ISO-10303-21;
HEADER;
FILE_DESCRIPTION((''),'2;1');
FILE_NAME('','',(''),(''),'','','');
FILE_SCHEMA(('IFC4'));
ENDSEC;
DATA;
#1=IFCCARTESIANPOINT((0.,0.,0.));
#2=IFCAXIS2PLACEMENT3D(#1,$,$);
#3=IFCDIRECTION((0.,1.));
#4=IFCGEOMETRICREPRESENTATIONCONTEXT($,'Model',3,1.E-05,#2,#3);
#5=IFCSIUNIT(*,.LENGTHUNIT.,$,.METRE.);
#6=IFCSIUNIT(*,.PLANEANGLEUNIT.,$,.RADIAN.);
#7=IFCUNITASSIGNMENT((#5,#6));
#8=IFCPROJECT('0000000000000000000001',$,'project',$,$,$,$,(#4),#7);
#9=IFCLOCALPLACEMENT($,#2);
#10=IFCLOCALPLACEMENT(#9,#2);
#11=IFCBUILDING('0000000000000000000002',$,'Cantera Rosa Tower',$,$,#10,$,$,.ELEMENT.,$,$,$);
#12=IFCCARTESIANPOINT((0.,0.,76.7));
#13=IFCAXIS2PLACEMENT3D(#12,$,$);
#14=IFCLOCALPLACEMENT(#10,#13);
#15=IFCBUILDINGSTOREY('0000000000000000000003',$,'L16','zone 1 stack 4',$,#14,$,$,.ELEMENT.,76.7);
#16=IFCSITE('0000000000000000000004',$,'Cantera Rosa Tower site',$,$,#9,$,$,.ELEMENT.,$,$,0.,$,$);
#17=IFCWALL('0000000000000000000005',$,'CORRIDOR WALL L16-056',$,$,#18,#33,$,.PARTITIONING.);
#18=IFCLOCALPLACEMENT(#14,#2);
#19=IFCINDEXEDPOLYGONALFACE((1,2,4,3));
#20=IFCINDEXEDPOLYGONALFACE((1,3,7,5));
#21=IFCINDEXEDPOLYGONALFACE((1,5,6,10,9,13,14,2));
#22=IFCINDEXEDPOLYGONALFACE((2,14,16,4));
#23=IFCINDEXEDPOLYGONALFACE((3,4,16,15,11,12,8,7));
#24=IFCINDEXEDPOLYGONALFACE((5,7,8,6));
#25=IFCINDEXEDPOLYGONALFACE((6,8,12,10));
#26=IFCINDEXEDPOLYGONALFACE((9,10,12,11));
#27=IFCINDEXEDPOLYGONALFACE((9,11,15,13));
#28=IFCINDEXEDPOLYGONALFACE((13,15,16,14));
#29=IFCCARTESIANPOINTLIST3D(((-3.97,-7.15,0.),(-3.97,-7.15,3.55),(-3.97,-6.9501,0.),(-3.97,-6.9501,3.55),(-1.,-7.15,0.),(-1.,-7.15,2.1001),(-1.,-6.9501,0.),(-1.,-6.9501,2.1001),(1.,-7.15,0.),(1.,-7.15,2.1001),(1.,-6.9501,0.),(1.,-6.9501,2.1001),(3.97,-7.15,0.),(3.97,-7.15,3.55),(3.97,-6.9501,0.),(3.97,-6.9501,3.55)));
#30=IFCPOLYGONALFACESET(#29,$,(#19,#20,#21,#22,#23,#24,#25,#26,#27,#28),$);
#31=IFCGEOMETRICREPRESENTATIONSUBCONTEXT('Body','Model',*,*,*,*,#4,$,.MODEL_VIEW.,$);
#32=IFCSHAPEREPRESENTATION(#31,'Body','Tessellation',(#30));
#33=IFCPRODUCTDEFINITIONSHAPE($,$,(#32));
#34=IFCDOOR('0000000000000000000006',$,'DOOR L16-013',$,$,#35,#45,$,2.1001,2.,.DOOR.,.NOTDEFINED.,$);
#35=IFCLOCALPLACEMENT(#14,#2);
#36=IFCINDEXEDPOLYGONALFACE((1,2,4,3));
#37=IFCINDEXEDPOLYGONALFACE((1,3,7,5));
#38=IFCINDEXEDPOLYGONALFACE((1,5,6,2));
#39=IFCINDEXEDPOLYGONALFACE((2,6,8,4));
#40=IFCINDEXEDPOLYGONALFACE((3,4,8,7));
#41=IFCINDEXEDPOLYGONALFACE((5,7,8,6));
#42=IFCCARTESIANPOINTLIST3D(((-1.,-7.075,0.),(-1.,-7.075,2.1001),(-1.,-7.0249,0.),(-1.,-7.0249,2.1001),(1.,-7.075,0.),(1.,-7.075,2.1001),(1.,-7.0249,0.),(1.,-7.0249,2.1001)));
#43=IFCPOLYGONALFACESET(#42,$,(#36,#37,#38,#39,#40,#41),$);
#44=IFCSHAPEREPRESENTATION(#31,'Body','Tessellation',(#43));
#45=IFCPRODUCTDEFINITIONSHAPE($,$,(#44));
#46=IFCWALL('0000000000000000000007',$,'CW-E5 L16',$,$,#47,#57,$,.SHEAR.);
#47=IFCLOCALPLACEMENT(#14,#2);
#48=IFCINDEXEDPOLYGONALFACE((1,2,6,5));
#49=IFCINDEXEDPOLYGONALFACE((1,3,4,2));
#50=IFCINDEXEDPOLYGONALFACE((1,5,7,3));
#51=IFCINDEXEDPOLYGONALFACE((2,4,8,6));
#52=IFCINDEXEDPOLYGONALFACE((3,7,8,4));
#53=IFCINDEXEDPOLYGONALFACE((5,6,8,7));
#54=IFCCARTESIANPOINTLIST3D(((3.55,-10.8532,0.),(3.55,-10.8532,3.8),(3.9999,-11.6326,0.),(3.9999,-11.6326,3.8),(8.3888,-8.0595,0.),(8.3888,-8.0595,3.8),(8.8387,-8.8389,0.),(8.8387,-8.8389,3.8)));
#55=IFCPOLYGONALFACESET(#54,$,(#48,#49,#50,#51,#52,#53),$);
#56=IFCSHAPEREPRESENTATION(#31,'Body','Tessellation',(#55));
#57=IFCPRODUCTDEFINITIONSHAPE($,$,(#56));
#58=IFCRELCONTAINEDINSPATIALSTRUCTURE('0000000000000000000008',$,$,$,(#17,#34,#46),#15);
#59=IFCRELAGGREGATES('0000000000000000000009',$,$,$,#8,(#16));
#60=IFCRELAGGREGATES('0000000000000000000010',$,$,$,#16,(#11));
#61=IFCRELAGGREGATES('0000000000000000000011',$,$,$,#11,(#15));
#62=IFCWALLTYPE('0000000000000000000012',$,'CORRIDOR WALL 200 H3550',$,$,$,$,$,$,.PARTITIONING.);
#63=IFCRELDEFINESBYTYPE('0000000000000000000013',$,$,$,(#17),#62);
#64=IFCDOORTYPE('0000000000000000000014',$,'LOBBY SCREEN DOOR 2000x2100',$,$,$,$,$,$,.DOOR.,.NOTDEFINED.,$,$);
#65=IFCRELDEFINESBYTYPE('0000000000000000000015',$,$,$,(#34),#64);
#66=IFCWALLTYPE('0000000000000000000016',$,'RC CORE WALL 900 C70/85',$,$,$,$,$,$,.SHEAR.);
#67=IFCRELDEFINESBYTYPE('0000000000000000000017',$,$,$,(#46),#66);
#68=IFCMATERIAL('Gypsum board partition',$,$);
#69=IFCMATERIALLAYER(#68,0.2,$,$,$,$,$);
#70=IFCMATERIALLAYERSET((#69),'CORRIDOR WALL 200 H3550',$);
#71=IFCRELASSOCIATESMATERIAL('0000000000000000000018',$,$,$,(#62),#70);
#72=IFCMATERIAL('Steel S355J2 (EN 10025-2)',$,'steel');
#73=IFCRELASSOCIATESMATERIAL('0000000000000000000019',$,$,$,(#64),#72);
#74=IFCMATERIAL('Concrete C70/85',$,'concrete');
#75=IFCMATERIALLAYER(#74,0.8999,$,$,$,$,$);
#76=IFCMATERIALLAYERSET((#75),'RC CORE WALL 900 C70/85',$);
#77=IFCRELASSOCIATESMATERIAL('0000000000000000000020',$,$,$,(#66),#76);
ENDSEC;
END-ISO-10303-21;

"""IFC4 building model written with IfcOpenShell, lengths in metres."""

from ifc_helpers import new_model, si_unit, direction, frame, frame_2d, origin, place, context, subcontext, project, spatial, rectangle, extrude, material, layer, layer_set, type_object, element, fill, save


model = new_model("IFC4")

# Units and contexts
model_context = context("Model", 3, precision=1e-05, world=origin(), true_north=direction((0.0, 1.0)))
body_context = subcontext(model_context, "Body", "Model", "MODEL_VIEW")
ifc_project = project(units=[si_unit("LENGTHUNIT", "METRE"), si_unit("PLANEANGLEUNIT", "RADIAN")], contexts=[model_context])

# Site, building, storey
site_placement = place(None, origin())
site = spatial("IfcSite", under=ifc_project, at=site_placement, Name="Cantera Rosa Tower site", CompositionType="ELEMENT", RefElevation=0.0)
building_placement = place(site_placement, origin())
building = spatial("IfcBuilding", under=site, at=building_placement, Name="Cantera Rosa Tower", CompositionType="ELEMENT")
storey_placement = place(building_placement, frame((0.0, 0.0, 76.7)))
storey = spatial("IfcBuildingStorey", under=building, at=storey_placement, Name="L16", Description="zone 1 stack 4", CompositionType="ELEMENT", Elevation=76.7)

# Wall, opening, door
ifc_material_1 = material(Name="Gypsum board partition")
ifc_layer_1 = layer(ifc_material_1, 0.2)
ifc_layer_set_1 = layer_set([ifc_layer_1], Name="CORRIDOR WALL 200 H3550")
wall_type_1 = type_object("IfcWallType", Name="CORRIDOR WALL 200 H3550", PredefinedType="PARTITIONING", material=ifc_layer_set_1)
wall_1_placement = place(storey_placement, frame((3.97, -7.05, 0.0), z_axis=(0.0, 0.0, 1.0), x_axis=(-1.0, 0.0, 0.0)))
wall_1 = element("IfcWall", 1, at=wall_1_placement, inside=storey, type_object=wall_type_1, Name="CORRIDOR WALL L16-056", PredefinedType="PARTITIONING", context=body_context, shape_type="SweptSolid", body=[
    extrude(rectangle(XDim=7.9399, YDim=0.2, at=frame_2d((3.97, 0.0))), origin(), (0.0, 0.0, 1.0), 3.55),
])
opening_1_placement = place(wall_1_placement, frame((2.97, 0.0, 0.0)))
opening_1 = element("IfcOpeningElement", 2, at=opening_1_placement, cuts=wall_1, PredefinedType="OPENING", context=body_context, shape_type="SweptSolid", body=[
    extrude(rectangle(XDim=2.0, YDim=2.1001, at=frame_2d((1.0, 1.05))), frame((0.0, 0.1099, 0.0), z_axis=(0.0, -1.0, 0.0), x_axis=(1.0, 0.0, 0.0)), (0.0, 0.0, 1.0), 0.22),
])
ifc_material_2 = material(Name="Steel S355J2 (EN 10025-2)", Category="steel")
door_type_1 = type_object("IfcDoorType", Name="LOBBY SCREEN DOOR 2000x2100", OperationType="NOTDEFINED", PredefinedType="DOOR", material=ifc_material_2)
door_1_placement = place(opening_1_placement, origin())
door_1 = element("IfcDoor", 3, at=door_1_placement, inside=storey, type_object=door_type_1, Name="DOOR L16-013", OperationType="NOTDEFINED", OverallHeight=2.1001, OverallWidth=2.0, PredefinedType="DOOR", context=body_context, shape_type="SweptSolid", body=[
    extrude(rectangle(XDim=2.0, YDim=2.1001, at=frame_2d((1.0, 1.05))), frame((0.0, 0.0249, 0.0), z_axis=(0.0, -1.0, 0.0), x_axis=(1.0, 0.0, 0.0)), (0.0, 0.0, 1.0), 0.05),
])
fill(opening_1, door_1)

# Wall
ifc_material_3 = material(Name="Concrete C70/85", Category="concrete")
ifc_layer_2 = layer(ifc_material_3, 0.8999)
ifc_layer_set_2 = layer_set([ifc_layer_2], Name="RC CORE WALL 900 C70/85")
wall_type_2 = type_object("IfcWallType", Name="RC CORE WALL 900 C70/85", PredefinedType="SHEAR", material=ifc_layer_set_2)
wall_2_placement = place(storey_placement, frame((8.6138, -8.4492, 0.0), z_axis=(0.0, 0.0, 1.0), x_axis=(-0.866027, -0.499997, 0.0)))
element("IfcWall", 4, at=wall_2_placement, inside=storey, type_object=wall_type_2, Name="CW-E5 L16", PredefinedType="SHEAR", context=body_context, shape_type="SweptSolid", body=[
    extrude(rectangle(XDim=5.5874, YDim=0.8999, at=frame_2d((2.7937, 0.0))), origin(), (0.0, 0.0, 1.0), 3.8),
])

save(model, "model.ifc")
